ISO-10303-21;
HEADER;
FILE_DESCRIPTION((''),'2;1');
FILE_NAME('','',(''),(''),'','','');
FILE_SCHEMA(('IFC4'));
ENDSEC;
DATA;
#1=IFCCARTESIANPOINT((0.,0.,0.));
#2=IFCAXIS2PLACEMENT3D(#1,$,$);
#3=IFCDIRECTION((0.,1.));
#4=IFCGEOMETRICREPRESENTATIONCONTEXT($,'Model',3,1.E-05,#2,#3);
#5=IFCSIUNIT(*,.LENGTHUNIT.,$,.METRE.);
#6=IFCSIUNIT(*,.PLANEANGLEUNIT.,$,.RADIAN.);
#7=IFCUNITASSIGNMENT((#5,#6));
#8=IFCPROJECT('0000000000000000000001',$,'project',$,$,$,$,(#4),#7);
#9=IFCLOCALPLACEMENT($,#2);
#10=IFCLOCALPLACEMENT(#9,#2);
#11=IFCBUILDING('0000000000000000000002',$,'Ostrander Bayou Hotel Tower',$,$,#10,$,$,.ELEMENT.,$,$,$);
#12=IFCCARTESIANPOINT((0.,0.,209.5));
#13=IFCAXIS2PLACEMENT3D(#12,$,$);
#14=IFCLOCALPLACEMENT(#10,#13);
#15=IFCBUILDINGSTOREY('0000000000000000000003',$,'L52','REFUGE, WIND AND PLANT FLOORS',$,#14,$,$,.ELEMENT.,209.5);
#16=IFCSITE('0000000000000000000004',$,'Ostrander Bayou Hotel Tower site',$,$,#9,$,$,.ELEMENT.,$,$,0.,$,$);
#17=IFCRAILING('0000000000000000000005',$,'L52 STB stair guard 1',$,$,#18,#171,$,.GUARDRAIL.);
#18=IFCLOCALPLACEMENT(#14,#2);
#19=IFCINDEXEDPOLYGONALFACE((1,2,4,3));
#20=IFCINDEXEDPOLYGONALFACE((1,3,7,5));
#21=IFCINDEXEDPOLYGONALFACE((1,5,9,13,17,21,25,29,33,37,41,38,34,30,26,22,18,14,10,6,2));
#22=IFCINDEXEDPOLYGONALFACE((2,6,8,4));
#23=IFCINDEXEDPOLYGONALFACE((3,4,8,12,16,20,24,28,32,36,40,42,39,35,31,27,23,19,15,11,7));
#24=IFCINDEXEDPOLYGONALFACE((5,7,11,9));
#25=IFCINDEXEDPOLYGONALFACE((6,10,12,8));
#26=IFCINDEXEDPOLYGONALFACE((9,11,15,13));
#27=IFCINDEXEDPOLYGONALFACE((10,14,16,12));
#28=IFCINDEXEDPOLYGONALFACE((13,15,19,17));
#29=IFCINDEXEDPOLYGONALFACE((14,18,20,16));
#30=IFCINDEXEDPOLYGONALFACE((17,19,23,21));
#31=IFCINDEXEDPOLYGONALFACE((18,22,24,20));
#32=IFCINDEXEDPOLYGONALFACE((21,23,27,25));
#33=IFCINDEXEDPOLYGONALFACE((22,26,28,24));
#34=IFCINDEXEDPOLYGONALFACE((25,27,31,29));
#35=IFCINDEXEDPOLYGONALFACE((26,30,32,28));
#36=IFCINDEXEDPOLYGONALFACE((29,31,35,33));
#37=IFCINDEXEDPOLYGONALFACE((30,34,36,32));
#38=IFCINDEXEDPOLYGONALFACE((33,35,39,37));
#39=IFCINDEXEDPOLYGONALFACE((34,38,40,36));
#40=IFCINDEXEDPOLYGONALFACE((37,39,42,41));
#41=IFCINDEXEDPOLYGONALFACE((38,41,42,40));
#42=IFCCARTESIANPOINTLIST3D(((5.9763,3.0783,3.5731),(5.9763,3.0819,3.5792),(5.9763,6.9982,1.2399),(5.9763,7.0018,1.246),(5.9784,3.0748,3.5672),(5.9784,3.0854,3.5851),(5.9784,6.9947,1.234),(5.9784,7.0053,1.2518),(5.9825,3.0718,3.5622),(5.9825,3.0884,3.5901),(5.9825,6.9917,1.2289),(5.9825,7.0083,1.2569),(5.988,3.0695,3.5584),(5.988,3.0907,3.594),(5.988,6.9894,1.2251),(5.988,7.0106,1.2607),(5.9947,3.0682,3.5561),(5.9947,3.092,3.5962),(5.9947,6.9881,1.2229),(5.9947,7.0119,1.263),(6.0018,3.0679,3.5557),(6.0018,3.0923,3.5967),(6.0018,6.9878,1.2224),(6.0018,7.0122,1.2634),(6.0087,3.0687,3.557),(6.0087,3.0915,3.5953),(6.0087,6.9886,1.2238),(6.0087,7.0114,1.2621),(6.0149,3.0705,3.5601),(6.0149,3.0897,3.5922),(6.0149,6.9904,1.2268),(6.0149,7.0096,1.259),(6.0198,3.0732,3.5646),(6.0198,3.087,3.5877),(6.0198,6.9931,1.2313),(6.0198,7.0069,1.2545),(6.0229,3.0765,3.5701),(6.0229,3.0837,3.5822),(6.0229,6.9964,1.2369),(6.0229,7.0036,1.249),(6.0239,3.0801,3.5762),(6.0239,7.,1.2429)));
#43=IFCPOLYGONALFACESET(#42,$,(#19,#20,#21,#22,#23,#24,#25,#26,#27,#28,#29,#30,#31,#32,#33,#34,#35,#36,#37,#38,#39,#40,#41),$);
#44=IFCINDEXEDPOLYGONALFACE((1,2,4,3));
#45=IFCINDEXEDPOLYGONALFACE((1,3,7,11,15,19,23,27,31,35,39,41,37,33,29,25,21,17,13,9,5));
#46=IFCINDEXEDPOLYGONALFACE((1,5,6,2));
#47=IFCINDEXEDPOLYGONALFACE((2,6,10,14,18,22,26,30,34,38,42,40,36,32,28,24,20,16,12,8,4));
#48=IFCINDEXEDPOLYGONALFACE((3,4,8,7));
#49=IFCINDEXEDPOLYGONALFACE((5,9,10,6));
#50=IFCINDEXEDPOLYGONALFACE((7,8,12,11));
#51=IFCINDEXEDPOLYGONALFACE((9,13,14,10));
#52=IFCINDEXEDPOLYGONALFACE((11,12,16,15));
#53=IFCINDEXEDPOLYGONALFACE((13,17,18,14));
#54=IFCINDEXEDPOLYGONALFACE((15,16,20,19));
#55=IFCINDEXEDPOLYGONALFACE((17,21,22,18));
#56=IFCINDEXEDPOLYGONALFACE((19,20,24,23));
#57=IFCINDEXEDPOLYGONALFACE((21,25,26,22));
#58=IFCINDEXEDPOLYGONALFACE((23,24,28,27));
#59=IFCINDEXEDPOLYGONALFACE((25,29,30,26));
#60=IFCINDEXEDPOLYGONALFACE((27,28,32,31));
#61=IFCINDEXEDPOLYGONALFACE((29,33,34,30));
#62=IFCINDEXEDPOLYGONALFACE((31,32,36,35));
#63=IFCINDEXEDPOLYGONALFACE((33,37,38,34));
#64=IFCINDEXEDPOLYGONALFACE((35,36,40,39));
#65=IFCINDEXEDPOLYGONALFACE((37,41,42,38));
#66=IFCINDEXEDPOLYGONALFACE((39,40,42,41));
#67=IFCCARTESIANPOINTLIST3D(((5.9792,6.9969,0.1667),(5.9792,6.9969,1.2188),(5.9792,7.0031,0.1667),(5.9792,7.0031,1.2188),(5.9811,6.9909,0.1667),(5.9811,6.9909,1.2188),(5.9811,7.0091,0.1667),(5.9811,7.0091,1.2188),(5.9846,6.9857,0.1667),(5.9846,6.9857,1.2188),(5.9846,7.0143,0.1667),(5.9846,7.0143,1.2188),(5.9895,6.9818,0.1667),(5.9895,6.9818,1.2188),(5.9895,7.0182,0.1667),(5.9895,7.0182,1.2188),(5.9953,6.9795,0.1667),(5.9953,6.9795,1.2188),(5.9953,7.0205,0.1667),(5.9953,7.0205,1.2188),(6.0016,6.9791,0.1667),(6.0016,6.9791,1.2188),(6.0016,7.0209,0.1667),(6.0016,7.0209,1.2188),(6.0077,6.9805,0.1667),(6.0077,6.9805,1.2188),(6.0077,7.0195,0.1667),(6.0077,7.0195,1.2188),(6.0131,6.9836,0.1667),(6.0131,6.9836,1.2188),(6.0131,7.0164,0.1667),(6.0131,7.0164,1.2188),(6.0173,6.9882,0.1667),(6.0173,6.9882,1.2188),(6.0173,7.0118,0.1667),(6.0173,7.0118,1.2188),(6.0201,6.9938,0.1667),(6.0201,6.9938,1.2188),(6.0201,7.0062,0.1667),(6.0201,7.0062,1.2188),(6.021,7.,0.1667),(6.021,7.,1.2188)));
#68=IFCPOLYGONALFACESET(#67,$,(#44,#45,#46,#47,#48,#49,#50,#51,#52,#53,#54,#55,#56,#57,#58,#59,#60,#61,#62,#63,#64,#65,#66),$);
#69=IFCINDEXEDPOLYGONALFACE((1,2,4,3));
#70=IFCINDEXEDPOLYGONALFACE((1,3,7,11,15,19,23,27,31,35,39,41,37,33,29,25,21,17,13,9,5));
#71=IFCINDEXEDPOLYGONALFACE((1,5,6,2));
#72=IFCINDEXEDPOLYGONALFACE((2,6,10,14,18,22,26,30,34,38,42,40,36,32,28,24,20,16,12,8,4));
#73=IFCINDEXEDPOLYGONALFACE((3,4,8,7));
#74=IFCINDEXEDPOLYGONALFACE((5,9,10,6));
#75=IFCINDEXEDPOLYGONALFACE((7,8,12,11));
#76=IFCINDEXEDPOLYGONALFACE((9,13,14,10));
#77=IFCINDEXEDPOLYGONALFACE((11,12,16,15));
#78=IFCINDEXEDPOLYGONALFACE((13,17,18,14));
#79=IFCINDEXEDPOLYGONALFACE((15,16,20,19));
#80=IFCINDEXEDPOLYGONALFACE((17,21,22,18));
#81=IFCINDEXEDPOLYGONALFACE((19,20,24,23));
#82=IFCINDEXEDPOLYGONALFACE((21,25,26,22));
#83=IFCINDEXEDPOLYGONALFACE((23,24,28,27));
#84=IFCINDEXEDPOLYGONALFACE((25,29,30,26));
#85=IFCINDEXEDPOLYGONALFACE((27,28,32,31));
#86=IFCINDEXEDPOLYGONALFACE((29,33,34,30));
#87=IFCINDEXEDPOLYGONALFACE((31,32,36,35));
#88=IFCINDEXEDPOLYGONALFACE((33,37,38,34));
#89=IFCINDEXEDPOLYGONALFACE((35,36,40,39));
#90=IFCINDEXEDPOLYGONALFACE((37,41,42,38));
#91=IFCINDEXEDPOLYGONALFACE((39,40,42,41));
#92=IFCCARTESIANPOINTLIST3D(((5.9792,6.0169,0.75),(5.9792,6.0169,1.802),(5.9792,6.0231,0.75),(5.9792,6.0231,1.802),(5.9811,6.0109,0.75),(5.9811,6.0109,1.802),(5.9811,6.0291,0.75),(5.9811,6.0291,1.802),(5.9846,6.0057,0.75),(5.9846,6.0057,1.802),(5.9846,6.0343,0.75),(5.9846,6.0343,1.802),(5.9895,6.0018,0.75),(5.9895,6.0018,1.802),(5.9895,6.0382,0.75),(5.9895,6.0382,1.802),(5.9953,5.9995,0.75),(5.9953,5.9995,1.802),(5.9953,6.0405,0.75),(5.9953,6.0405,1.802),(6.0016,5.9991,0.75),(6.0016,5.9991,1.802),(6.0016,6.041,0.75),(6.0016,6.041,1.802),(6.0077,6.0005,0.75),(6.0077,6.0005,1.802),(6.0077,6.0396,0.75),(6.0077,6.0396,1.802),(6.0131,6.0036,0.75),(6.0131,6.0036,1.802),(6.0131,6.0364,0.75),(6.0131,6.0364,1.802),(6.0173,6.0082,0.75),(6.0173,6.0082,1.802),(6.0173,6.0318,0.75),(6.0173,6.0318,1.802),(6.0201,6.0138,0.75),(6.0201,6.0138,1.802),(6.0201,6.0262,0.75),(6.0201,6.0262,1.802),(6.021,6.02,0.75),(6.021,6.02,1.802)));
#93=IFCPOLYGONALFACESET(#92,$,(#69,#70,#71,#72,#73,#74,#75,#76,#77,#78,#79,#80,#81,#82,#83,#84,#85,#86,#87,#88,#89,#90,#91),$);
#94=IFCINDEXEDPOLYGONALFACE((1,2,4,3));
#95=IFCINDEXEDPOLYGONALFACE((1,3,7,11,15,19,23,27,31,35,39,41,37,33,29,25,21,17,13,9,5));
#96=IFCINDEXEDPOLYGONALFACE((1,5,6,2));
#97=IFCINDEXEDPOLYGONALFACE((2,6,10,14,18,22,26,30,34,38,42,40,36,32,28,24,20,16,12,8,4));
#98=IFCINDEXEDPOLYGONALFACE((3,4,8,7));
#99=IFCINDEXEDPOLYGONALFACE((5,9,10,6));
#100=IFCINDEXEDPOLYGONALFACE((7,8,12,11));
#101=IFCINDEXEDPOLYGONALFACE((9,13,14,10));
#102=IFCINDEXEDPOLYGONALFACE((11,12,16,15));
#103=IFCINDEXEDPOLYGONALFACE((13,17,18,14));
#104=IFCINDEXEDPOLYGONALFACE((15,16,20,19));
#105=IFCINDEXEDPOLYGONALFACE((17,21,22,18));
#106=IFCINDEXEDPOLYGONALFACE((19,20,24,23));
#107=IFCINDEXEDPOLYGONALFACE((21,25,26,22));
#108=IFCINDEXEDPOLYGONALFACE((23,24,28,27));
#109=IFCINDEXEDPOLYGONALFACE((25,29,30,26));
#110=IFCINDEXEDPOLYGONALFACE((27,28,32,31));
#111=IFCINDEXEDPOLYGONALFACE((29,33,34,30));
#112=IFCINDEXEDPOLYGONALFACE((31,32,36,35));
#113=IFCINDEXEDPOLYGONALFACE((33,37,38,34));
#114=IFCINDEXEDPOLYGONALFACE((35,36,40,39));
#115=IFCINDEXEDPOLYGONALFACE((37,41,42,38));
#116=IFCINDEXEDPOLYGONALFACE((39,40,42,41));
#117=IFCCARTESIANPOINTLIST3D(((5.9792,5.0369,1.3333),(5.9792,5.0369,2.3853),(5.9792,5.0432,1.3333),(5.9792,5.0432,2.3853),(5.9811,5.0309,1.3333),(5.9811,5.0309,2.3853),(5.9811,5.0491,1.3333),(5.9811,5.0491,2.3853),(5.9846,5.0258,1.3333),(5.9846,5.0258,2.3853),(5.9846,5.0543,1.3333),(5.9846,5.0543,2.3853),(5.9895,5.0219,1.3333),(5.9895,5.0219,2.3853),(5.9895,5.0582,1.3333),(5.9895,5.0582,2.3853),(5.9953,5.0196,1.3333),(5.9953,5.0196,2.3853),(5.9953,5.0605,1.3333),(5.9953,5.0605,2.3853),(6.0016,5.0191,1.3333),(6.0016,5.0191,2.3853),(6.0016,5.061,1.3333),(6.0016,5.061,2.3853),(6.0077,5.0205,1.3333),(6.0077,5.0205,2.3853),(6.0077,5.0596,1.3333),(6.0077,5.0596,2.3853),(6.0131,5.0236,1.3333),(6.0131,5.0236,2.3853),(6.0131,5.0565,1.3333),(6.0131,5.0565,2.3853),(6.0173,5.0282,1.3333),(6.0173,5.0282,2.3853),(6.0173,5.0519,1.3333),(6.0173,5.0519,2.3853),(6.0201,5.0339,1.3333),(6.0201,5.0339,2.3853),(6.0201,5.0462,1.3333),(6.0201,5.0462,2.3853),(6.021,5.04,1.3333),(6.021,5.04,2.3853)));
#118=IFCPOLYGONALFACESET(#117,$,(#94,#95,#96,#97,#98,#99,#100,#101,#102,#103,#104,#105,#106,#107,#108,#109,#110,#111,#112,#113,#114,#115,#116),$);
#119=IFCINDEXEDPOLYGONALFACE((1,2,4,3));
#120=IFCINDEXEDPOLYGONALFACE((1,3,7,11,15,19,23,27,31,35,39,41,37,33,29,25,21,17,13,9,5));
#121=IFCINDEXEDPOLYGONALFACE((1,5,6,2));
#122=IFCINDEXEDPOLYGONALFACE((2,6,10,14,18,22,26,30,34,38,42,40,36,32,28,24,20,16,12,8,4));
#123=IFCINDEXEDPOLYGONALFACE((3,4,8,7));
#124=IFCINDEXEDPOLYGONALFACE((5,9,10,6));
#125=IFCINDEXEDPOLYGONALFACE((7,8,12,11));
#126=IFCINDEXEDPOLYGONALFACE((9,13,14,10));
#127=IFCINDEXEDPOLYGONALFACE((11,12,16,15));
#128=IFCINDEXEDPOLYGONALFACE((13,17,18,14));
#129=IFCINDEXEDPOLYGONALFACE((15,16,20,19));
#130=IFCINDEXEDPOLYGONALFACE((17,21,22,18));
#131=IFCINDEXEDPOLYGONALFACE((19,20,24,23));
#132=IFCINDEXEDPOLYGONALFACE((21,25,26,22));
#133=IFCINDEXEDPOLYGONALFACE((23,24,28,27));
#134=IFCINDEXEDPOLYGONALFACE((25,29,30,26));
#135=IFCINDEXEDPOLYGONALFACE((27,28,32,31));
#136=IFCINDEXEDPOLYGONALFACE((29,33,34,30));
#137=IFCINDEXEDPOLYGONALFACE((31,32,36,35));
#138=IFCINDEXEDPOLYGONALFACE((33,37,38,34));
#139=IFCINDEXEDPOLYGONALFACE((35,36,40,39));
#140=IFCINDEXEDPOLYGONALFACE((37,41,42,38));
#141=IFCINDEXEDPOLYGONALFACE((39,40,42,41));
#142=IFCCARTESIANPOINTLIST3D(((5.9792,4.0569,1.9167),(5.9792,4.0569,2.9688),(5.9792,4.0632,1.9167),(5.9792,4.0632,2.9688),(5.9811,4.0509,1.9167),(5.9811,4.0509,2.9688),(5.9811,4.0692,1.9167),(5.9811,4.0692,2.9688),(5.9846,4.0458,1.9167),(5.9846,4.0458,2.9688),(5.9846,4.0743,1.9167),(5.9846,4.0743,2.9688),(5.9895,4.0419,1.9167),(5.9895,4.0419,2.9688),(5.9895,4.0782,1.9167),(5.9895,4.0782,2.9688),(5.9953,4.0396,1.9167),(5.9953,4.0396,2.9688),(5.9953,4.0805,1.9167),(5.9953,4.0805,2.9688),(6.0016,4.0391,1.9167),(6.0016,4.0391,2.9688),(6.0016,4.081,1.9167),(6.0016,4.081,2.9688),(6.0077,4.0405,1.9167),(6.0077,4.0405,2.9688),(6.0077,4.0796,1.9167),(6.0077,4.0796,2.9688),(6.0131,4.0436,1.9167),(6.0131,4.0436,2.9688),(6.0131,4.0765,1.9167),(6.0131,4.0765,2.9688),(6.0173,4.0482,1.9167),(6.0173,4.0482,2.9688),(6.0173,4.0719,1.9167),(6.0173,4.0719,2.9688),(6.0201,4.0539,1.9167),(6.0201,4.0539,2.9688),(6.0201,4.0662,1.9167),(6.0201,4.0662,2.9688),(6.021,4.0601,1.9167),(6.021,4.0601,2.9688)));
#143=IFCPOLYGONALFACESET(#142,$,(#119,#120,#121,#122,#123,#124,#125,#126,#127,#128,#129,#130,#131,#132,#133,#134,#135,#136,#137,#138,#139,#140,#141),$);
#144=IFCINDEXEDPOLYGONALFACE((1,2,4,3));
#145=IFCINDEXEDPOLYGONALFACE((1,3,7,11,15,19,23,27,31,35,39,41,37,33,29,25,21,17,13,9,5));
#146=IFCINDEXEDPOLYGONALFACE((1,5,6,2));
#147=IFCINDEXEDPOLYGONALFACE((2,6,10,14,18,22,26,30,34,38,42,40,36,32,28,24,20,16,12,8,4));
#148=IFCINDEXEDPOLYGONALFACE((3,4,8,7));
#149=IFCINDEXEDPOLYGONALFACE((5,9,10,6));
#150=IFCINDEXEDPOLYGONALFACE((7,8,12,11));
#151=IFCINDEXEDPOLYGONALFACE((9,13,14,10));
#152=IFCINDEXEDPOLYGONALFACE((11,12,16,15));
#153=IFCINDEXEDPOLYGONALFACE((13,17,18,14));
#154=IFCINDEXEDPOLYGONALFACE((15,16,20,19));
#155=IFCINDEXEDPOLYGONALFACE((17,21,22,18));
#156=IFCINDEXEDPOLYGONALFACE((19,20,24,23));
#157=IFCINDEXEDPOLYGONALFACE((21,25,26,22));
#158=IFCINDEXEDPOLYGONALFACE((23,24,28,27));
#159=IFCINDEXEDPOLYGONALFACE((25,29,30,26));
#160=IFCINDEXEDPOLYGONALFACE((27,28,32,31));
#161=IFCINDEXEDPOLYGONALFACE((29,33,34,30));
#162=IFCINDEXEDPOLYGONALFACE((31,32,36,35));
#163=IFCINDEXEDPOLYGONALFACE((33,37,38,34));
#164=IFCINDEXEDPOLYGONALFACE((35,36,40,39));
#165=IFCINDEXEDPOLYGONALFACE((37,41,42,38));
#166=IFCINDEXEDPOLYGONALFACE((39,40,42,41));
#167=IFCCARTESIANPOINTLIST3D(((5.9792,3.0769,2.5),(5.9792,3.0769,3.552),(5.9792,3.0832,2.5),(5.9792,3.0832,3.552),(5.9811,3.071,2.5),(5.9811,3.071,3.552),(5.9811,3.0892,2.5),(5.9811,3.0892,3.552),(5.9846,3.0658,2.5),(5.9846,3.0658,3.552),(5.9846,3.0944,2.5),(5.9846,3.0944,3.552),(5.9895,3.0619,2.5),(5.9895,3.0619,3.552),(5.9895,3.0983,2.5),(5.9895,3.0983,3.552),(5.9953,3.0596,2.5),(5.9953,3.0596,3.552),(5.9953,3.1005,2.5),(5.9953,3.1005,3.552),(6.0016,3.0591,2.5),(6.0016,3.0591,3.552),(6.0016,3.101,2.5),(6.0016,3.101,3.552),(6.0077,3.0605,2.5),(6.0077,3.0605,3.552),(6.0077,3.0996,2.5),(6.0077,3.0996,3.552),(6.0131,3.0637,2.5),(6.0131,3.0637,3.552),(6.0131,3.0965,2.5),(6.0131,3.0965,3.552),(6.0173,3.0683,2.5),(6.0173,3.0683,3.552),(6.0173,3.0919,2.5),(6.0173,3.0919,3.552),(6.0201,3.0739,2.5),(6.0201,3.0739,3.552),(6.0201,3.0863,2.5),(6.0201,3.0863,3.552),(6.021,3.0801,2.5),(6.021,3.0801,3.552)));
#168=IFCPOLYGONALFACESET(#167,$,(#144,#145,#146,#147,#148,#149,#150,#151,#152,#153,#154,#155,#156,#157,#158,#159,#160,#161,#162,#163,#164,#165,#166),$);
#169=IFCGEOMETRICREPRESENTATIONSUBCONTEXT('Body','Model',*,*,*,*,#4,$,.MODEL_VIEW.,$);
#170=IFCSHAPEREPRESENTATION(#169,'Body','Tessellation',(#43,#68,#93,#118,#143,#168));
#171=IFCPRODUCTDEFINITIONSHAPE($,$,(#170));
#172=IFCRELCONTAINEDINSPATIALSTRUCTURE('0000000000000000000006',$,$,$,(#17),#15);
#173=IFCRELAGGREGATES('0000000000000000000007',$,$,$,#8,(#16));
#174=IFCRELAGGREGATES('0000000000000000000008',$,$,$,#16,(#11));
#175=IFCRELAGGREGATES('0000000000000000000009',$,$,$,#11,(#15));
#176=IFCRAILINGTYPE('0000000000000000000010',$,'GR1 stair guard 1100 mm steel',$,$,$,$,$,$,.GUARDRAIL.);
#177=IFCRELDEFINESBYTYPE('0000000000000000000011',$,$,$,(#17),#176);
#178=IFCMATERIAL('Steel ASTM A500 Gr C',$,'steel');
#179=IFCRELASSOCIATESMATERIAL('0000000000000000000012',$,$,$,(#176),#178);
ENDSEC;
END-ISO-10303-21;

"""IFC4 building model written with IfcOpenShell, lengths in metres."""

from ifc_helpers import new_model, si_unit, direction, frame, origin, origin_2d, place, context, subcontext, project, spatial, circle, extrude, material, type_object, element, save


model = new_model("IFC4")

# Units and contexts
model_context = context("Model", 3, precision=1e-05, world=origin(), true_north=direction((0.0, 1.0)))
body_context = subcontext(model_context, "Body", "Model", "MODEL_VIEW")
ifc_project = project(units=[si_unit("LENGTHUNIT", "METRE"), si_unit("PLANEANGLEUNIT", "RADIAN")], contexts=[model_context])

# Site, building, storey
site_placement = place(None, origin())
site = spatial("IfcSite", under=ifc_project, at=site_placement, Name="Ostrander Bayou Hotel Tower site", CompositionType="ELEMENT", RefElevation=0.0)
building_placement = place(site_placement, origin())
building = spatial("IfcBuilding", under=site, at=building_placement, Name="Ostrander Bayou Hotel Tower", CompositionType="ELEMENT")
storey_placement = place(building_placement, frame((0.0, 0.0, 209.5)))
storey = spatial("IfcBuildingStorey", under=building, at=storey_placement, Name="L52", Description="REFUGE, WIND AND PLANT FLOORS", CompositionType="ELEMENT", Elevation=209.5)

# Railing
ifc_material_1 = material(Name="Steel ASTM A500 Gr C", Category="steel")
railing_type_1 = type_object("IfcRailingType", Name="GR1 stair guard 1100 mm steel", PredefinedType="GUARDRAIL", material=ifc_material_1)
railing_1_placement = place(storey_placement, frame((6.0, 7.0, 0.1667)))
element("IfcRailing", 1, at=railing_1_placement, inside=storey, type_object=railing_type_1, Name="L52 STB stair guard 1", PredefinedType="GUARDRAIL", context=body_context, shape_type="SweptSolid", body=[
    extrude(circle(Radius=0.0239, at=origin_2d()), frame((0.0, 0.0, 1.0762), z_axis=(0.0, -0.859296, 0.511478), x_axis=(1.0, 0.0, 0.0)), (0.0, 0.0, 1.0), 4.5618),
    extrude(circle(Radius=0.021, at=origin_2d()), origin(), (0.0, 0.0, 1.0), 1.052),
    extrude(circle(Radius=0.021, at=origin_2d()), frame((0.0, -0.98, 0.5833)), (0.0, 0.0, 1.0), 1.052),
    extrude(circle(Radius=0.021, at=origin_2d()), frame((0.0, -1.96, 1.1665)), (0.0, 0.0, 1.0), 1.052),
    extrude(circle(Radius=0.021, at=origin_2d()), frame((0.0, -2.9399, 1.75)), (0.0, 0.0, 1.0), 1.052),
    extrude(circle(Radius=0.021, at=origin_2d()), frame((0.0, -3.9199, 2.3333)), (0.0, 0.0, 1.0), 1.052),
])

save(model, "model.ifc")
